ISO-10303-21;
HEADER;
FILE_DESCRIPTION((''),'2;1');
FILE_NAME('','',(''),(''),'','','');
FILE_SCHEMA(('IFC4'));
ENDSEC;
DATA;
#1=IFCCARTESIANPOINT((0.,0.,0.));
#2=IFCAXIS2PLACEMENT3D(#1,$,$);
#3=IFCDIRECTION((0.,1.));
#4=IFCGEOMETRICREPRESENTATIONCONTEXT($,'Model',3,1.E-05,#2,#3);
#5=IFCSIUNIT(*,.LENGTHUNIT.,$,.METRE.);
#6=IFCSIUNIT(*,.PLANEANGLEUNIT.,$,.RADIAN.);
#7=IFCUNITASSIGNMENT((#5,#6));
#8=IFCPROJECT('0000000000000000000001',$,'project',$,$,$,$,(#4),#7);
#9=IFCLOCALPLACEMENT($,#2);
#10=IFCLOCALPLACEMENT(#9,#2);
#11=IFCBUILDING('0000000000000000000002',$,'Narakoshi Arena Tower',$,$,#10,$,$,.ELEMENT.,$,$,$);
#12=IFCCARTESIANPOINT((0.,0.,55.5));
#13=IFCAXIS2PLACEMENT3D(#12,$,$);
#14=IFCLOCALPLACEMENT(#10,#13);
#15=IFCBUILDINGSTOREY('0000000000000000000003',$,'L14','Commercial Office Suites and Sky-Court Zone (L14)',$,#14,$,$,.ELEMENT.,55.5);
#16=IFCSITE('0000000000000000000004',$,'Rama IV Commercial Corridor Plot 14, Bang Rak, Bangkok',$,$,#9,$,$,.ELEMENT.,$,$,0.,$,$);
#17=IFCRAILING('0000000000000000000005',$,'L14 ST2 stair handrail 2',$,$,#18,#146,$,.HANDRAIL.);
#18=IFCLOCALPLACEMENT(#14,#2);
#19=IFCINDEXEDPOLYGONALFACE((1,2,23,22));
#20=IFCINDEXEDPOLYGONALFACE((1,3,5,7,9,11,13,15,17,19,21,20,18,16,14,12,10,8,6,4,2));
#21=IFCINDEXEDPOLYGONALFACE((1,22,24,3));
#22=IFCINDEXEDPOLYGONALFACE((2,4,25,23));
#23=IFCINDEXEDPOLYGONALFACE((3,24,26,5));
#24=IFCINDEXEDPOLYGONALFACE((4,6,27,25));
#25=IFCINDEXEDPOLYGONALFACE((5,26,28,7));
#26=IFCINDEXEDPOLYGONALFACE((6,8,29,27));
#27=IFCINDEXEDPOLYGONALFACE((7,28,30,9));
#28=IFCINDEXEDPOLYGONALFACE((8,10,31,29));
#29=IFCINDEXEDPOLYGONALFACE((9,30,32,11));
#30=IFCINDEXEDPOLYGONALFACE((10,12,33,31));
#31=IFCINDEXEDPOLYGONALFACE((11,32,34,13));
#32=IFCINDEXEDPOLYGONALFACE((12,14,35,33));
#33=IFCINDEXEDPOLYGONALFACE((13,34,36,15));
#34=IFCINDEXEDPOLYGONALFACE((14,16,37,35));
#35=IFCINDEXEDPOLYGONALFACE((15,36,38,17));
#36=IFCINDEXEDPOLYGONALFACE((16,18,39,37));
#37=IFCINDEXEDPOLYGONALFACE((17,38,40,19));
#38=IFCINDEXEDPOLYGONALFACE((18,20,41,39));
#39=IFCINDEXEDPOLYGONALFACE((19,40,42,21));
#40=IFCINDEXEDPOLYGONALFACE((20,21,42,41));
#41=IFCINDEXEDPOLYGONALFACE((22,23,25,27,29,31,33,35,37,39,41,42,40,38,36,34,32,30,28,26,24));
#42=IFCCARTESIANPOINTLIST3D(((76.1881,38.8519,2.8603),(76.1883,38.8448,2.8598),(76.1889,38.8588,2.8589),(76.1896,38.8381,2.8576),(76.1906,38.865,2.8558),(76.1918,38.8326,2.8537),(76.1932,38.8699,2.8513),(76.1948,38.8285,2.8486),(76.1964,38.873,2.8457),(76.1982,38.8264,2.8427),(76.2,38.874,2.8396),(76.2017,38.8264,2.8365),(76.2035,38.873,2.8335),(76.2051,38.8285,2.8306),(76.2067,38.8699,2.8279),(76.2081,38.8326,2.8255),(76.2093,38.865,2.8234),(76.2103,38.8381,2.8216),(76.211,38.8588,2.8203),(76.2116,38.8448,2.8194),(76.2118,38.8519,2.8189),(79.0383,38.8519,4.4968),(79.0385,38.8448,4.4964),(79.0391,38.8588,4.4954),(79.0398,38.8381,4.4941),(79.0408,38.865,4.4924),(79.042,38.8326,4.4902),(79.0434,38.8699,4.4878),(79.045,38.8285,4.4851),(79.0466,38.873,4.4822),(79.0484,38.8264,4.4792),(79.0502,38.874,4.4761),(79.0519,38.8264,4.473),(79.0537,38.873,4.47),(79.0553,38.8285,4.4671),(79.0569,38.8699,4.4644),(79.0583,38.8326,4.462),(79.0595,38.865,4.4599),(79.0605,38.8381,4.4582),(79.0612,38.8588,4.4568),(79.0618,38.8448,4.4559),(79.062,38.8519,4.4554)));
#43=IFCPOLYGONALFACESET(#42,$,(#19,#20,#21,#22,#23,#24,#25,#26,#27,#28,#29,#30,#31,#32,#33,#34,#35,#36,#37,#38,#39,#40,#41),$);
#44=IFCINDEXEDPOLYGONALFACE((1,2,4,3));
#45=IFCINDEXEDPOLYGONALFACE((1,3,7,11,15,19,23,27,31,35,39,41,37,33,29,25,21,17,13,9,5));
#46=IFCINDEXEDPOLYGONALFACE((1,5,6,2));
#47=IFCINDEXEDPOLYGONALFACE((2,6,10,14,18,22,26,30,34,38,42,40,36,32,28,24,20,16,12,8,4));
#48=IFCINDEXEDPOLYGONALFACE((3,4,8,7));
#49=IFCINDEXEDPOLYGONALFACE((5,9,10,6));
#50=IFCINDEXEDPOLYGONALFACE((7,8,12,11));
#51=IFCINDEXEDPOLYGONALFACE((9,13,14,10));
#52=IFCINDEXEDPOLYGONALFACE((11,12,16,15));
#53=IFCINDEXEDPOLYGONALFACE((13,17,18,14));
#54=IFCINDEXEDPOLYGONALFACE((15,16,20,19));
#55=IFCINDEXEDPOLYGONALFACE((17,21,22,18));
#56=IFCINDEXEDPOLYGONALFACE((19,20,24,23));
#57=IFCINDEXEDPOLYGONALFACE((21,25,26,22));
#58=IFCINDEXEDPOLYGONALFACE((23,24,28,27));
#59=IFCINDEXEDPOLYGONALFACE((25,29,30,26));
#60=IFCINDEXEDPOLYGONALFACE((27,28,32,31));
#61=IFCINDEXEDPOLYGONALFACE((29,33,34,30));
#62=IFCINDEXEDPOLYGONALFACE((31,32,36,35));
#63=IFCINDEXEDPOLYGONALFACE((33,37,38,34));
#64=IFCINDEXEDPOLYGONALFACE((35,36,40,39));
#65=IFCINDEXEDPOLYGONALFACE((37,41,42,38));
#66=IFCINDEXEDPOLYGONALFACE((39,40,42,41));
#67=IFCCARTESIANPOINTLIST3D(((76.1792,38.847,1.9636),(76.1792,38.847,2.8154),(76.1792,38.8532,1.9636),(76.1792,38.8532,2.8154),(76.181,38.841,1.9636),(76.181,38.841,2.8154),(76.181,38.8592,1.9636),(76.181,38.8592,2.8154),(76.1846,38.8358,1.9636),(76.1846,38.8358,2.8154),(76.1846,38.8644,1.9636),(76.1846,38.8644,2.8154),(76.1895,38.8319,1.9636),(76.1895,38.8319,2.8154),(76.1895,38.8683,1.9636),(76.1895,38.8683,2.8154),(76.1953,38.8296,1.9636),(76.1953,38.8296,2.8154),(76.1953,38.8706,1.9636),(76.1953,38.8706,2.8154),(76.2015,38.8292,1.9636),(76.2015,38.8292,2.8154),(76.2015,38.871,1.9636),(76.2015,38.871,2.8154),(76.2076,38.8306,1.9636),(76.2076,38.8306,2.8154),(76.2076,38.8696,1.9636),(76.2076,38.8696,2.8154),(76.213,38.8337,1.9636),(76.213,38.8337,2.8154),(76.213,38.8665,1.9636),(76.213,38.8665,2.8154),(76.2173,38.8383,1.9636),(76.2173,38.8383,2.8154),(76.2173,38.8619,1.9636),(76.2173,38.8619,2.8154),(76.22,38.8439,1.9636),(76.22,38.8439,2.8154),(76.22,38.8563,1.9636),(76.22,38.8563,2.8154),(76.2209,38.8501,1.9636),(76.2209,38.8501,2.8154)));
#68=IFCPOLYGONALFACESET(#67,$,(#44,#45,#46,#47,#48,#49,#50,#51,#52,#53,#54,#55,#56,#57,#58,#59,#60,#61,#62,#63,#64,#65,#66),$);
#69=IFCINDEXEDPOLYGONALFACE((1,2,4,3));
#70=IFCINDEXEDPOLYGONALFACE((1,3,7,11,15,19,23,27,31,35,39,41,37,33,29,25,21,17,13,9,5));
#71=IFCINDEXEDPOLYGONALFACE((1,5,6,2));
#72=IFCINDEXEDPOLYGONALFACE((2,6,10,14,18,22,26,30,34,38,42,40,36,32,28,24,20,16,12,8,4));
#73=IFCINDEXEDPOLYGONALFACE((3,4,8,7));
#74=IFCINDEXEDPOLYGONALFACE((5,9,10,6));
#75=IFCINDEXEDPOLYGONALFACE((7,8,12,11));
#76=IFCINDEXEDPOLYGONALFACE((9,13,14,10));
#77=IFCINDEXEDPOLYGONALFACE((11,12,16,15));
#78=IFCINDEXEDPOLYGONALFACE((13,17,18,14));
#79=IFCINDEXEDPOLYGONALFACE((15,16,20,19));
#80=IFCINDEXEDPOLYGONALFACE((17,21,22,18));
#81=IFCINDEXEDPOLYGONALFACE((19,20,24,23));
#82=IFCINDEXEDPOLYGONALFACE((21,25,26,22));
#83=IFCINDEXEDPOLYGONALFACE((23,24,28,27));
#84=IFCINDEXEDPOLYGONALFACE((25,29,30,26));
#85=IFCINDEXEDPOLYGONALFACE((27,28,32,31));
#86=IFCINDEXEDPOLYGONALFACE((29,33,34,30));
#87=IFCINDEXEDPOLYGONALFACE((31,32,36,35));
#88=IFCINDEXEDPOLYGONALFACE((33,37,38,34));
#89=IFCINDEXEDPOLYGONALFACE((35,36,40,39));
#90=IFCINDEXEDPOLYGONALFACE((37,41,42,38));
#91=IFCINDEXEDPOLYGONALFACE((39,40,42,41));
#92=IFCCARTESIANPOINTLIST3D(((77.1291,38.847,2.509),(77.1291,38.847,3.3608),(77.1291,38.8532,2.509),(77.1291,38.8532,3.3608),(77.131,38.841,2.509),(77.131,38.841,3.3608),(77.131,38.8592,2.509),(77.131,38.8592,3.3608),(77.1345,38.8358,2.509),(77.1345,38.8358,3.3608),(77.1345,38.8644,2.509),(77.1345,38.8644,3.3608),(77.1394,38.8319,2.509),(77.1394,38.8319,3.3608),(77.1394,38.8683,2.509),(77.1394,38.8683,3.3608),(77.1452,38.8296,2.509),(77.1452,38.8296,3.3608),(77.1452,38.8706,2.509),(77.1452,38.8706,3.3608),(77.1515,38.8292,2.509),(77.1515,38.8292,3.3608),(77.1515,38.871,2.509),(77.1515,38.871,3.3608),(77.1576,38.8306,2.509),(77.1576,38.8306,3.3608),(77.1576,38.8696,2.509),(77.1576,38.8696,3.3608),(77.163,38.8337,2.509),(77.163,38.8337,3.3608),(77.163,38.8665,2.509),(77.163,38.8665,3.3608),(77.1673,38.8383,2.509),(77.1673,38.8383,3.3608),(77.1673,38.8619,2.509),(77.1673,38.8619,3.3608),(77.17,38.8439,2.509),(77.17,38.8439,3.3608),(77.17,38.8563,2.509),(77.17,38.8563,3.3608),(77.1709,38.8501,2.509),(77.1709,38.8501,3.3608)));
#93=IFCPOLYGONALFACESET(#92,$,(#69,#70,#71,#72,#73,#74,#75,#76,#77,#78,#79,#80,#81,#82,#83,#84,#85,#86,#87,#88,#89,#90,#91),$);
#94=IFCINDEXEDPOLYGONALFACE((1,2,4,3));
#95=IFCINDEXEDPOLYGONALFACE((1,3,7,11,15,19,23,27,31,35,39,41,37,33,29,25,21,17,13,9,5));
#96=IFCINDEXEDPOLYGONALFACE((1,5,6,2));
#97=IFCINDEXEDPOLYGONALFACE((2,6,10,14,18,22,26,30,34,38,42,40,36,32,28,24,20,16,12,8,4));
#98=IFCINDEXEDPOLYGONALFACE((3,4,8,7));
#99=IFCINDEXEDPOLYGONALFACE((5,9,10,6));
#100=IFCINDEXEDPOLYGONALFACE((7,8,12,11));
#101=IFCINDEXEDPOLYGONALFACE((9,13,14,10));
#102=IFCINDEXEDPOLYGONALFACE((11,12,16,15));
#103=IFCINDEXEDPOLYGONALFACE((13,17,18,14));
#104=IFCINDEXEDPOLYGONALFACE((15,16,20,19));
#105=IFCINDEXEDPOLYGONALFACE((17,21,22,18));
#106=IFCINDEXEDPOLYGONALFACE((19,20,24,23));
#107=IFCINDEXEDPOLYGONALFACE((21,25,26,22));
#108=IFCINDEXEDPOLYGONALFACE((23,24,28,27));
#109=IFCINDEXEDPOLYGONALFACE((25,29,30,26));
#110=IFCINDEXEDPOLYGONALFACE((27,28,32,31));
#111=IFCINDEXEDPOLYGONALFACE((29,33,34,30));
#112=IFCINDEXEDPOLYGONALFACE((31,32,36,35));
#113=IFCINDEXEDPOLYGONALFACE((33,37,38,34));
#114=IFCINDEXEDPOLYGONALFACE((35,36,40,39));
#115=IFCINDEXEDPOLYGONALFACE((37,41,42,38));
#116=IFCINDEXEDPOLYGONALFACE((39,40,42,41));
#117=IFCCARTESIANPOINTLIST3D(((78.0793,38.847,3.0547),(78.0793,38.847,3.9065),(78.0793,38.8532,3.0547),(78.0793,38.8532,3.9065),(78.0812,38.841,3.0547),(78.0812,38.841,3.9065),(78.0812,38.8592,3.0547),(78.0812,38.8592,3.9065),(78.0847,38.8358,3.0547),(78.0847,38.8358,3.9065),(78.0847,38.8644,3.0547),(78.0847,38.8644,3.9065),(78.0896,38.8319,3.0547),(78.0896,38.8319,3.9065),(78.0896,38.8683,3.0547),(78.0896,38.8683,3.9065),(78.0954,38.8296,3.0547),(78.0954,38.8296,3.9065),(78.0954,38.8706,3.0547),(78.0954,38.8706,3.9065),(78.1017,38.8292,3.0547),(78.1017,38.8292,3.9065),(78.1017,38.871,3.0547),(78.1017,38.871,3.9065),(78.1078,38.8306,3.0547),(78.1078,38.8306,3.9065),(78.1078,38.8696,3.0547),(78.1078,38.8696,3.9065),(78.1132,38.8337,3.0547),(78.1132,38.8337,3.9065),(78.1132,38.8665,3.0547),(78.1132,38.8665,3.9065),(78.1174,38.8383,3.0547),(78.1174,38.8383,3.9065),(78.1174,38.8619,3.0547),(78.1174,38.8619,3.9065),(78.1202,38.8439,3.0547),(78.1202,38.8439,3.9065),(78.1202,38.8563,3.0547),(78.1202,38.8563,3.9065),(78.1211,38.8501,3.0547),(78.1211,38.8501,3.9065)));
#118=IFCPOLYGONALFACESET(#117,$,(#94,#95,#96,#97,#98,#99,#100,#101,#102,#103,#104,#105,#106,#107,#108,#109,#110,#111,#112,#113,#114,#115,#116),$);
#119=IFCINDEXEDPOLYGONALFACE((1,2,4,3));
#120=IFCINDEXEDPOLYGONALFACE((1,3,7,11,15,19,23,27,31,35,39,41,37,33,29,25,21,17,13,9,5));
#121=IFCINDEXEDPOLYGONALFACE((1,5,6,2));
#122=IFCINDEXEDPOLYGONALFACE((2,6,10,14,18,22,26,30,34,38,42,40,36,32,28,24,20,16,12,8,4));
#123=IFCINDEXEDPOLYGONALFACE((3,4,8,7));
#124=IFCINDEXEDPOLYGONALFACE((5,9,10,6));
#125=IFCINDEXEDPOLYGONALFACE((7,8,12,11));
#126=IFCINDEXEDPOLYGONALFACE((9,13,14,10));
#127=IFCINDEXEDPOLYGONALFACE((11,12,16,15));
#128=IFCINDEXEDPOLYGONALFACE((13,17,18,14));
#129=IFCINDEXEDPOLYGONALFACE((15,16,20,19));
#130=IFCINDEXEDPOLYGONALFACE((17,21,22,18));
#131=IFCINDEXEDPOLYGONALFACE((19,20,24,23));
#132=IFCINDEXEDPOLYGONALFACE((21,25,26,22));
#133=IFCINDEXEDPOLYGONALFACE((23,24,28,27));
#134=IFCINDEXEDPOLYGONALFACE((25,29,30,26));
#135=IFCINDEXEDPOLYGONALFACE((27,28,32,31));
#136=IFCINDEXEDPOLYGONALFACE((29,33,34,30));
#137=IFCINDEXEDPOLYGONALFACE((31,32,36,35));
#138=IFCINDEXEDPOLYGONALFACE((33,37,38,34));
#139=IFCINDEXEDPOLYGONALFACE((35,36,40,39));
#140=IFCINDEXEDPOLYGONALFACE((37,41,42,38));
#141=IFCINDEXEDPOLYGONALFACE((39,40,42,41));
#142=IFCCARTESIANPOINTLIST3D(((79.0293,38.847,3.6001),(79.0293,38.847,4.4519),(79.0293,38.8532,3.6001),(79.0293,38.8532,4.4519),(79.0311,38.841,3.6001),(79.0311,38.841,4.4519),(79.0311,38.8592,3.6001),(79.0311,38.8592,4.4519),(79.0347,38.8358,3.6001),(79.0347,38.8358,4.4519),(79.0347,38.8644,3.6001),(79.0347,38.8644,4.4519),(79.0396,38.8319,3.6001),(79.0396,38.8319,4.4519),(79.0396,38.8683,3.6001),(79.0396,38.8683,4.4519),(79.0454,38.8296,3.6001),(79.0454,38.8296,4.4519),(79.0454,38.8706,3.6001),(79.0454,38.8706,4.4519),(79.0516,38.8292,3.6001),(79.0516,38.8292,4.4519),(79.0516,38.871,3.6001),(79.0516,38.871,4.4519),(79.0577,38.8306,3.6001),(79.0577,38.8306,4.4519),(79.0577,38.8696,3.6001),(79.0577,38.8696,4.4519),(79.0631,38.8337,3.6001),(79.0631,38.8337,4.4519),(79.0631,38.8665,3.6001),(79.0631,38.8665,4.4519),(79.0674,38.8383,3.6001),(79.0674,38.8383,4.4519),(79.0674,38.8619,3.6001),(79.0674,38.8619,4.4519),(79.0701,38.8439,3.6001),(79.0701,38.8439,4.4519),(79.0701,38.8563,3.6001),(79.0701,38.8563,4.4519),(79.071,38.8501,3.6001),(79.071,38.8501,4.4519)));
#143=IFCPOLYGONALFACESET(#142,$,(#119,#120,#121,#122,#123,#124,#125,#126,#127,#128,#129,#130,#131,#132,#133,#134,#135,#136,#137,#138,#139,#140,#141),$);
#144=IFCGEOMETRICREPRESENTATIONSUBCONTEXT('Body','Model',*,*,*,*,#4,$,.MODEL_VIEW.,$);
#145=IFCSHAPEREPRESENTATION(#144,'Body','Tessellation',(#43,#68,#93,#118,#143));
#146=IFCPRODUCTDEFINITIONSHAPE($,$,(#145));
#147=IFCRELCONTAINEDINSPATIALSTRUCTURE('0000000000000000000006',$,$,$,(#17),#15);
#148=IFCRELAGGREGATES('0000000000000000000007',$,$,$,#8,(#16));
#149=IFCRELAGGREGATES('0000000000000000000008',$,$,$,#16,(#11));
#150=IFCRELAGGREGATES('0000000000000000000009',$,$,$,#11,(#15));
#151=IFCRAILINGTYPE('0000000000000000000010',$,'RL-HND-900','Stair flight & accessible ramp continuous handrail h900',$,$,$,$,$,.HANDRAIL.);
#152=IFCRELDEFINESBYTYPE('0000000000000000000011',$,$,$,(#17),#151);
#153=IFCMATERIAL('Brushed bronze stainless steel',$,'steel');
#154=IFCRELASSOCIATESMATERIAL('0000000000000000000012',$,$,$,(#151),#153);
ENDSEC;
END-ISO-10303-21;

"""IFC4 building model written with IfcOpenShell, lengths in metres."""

from ifc_helpers import new_model, si_unit, direction, frame, origin, origin_2d, place, context, subcontext, project, spatial, circle, extrude, material, type_object, element, save


model = new_model("IFC4")

# Units and contexts
model_context = context("Model", 3, precision=1e-05, world=origin(), true_north=direction((0.0, 1.0)))
body_context = subcontext(model_context, "Body", "Model", "MODEL_VIEW")
ifc_project = project(units=[si_unit("LENGTHUNIT", "METRE"), si_unit("PLANEANGLEUNIT", "RADIAN")], contexts=[model_context])

# Site, building, storey
site_placement = place(None, origin())
site = spatial("IfcSite", under=ifc_project, at=site_placement, Name="Rama IV Commercial Corridor Plot 14, Bang Rak, Bangkok", CompositionType="ELEMENT", RefElevation=0.0)
building_placement = place(site_placement, origin())
building = spatial("IfcBuilding", under=site, at=building_placement, Name="Narakoshi Arena Tower", CompositionType="ELEMENT")
storey_placement = place(building_placement, frame((0.0, 0.0, 55.5)))
storey = spatial("IfcBuildingStorey", under=building, at=storey_placement, Name="L14", Description="Commercial Office Suites and Sky-Court Zone (L14)", CompositionType="ELEMENT", Elevation=55.5)

# Shared definitions
ifc_material_1 = material(Name="Brushed bronze stainless steel", Category="steel")

# Railing
railing_type_1 = type_object("IfcRailingType", Name="RL-HND-900", Description="Stair flight & accessible ramp continuous handrail h900", PredefinedType="HANDRAIL", material=ifc_material_1)
railing_1_placement = place(storey_placement, frame((76.2, 38.8501, 1.9636)))
element("IfcRailing", 1, at=railing_1_placement, inside=storey, type_object=railing_type_1, Name="L14 ST2 stair handrail 2", PredefinedType="HANDRAIL", context=body_context, shape_type="SweptSolid", body=[
    extrude(circle(Radius=0.0239, at=origin_2d()), frame((0.0, 0.0, 0.876), z_axis=(0.867213, 0.0, 0.497938), x_axis=(0.0, 1.0, 0.0)), (0.0, 0.0, 1.0), 3.2866),
    extrude(circle(Radius=0.021, at=origin_2d()), origin(), (0.0, 0.0, 1.0), 0.8518),
    extrude(circle(Radius=0.021, at=origin_2d()), frame((0.95, 0.0, 0.5454)), (0.0, 0.0, 1.0), 0.8518),
    extrude(circle(Radius=0.021, at=origin_2d()), frame((1.9001, 0.0, 1.0911)), (0.0, 0.0, 1.0), 0.8518),
    extrude(circle(Radius=0.021, at=origin_2d()), frame((2.8501, 0.0, 1.6365)), (0.0, 0.0, 1.0), 0.8518),
])

save(model, "model.ifc")
